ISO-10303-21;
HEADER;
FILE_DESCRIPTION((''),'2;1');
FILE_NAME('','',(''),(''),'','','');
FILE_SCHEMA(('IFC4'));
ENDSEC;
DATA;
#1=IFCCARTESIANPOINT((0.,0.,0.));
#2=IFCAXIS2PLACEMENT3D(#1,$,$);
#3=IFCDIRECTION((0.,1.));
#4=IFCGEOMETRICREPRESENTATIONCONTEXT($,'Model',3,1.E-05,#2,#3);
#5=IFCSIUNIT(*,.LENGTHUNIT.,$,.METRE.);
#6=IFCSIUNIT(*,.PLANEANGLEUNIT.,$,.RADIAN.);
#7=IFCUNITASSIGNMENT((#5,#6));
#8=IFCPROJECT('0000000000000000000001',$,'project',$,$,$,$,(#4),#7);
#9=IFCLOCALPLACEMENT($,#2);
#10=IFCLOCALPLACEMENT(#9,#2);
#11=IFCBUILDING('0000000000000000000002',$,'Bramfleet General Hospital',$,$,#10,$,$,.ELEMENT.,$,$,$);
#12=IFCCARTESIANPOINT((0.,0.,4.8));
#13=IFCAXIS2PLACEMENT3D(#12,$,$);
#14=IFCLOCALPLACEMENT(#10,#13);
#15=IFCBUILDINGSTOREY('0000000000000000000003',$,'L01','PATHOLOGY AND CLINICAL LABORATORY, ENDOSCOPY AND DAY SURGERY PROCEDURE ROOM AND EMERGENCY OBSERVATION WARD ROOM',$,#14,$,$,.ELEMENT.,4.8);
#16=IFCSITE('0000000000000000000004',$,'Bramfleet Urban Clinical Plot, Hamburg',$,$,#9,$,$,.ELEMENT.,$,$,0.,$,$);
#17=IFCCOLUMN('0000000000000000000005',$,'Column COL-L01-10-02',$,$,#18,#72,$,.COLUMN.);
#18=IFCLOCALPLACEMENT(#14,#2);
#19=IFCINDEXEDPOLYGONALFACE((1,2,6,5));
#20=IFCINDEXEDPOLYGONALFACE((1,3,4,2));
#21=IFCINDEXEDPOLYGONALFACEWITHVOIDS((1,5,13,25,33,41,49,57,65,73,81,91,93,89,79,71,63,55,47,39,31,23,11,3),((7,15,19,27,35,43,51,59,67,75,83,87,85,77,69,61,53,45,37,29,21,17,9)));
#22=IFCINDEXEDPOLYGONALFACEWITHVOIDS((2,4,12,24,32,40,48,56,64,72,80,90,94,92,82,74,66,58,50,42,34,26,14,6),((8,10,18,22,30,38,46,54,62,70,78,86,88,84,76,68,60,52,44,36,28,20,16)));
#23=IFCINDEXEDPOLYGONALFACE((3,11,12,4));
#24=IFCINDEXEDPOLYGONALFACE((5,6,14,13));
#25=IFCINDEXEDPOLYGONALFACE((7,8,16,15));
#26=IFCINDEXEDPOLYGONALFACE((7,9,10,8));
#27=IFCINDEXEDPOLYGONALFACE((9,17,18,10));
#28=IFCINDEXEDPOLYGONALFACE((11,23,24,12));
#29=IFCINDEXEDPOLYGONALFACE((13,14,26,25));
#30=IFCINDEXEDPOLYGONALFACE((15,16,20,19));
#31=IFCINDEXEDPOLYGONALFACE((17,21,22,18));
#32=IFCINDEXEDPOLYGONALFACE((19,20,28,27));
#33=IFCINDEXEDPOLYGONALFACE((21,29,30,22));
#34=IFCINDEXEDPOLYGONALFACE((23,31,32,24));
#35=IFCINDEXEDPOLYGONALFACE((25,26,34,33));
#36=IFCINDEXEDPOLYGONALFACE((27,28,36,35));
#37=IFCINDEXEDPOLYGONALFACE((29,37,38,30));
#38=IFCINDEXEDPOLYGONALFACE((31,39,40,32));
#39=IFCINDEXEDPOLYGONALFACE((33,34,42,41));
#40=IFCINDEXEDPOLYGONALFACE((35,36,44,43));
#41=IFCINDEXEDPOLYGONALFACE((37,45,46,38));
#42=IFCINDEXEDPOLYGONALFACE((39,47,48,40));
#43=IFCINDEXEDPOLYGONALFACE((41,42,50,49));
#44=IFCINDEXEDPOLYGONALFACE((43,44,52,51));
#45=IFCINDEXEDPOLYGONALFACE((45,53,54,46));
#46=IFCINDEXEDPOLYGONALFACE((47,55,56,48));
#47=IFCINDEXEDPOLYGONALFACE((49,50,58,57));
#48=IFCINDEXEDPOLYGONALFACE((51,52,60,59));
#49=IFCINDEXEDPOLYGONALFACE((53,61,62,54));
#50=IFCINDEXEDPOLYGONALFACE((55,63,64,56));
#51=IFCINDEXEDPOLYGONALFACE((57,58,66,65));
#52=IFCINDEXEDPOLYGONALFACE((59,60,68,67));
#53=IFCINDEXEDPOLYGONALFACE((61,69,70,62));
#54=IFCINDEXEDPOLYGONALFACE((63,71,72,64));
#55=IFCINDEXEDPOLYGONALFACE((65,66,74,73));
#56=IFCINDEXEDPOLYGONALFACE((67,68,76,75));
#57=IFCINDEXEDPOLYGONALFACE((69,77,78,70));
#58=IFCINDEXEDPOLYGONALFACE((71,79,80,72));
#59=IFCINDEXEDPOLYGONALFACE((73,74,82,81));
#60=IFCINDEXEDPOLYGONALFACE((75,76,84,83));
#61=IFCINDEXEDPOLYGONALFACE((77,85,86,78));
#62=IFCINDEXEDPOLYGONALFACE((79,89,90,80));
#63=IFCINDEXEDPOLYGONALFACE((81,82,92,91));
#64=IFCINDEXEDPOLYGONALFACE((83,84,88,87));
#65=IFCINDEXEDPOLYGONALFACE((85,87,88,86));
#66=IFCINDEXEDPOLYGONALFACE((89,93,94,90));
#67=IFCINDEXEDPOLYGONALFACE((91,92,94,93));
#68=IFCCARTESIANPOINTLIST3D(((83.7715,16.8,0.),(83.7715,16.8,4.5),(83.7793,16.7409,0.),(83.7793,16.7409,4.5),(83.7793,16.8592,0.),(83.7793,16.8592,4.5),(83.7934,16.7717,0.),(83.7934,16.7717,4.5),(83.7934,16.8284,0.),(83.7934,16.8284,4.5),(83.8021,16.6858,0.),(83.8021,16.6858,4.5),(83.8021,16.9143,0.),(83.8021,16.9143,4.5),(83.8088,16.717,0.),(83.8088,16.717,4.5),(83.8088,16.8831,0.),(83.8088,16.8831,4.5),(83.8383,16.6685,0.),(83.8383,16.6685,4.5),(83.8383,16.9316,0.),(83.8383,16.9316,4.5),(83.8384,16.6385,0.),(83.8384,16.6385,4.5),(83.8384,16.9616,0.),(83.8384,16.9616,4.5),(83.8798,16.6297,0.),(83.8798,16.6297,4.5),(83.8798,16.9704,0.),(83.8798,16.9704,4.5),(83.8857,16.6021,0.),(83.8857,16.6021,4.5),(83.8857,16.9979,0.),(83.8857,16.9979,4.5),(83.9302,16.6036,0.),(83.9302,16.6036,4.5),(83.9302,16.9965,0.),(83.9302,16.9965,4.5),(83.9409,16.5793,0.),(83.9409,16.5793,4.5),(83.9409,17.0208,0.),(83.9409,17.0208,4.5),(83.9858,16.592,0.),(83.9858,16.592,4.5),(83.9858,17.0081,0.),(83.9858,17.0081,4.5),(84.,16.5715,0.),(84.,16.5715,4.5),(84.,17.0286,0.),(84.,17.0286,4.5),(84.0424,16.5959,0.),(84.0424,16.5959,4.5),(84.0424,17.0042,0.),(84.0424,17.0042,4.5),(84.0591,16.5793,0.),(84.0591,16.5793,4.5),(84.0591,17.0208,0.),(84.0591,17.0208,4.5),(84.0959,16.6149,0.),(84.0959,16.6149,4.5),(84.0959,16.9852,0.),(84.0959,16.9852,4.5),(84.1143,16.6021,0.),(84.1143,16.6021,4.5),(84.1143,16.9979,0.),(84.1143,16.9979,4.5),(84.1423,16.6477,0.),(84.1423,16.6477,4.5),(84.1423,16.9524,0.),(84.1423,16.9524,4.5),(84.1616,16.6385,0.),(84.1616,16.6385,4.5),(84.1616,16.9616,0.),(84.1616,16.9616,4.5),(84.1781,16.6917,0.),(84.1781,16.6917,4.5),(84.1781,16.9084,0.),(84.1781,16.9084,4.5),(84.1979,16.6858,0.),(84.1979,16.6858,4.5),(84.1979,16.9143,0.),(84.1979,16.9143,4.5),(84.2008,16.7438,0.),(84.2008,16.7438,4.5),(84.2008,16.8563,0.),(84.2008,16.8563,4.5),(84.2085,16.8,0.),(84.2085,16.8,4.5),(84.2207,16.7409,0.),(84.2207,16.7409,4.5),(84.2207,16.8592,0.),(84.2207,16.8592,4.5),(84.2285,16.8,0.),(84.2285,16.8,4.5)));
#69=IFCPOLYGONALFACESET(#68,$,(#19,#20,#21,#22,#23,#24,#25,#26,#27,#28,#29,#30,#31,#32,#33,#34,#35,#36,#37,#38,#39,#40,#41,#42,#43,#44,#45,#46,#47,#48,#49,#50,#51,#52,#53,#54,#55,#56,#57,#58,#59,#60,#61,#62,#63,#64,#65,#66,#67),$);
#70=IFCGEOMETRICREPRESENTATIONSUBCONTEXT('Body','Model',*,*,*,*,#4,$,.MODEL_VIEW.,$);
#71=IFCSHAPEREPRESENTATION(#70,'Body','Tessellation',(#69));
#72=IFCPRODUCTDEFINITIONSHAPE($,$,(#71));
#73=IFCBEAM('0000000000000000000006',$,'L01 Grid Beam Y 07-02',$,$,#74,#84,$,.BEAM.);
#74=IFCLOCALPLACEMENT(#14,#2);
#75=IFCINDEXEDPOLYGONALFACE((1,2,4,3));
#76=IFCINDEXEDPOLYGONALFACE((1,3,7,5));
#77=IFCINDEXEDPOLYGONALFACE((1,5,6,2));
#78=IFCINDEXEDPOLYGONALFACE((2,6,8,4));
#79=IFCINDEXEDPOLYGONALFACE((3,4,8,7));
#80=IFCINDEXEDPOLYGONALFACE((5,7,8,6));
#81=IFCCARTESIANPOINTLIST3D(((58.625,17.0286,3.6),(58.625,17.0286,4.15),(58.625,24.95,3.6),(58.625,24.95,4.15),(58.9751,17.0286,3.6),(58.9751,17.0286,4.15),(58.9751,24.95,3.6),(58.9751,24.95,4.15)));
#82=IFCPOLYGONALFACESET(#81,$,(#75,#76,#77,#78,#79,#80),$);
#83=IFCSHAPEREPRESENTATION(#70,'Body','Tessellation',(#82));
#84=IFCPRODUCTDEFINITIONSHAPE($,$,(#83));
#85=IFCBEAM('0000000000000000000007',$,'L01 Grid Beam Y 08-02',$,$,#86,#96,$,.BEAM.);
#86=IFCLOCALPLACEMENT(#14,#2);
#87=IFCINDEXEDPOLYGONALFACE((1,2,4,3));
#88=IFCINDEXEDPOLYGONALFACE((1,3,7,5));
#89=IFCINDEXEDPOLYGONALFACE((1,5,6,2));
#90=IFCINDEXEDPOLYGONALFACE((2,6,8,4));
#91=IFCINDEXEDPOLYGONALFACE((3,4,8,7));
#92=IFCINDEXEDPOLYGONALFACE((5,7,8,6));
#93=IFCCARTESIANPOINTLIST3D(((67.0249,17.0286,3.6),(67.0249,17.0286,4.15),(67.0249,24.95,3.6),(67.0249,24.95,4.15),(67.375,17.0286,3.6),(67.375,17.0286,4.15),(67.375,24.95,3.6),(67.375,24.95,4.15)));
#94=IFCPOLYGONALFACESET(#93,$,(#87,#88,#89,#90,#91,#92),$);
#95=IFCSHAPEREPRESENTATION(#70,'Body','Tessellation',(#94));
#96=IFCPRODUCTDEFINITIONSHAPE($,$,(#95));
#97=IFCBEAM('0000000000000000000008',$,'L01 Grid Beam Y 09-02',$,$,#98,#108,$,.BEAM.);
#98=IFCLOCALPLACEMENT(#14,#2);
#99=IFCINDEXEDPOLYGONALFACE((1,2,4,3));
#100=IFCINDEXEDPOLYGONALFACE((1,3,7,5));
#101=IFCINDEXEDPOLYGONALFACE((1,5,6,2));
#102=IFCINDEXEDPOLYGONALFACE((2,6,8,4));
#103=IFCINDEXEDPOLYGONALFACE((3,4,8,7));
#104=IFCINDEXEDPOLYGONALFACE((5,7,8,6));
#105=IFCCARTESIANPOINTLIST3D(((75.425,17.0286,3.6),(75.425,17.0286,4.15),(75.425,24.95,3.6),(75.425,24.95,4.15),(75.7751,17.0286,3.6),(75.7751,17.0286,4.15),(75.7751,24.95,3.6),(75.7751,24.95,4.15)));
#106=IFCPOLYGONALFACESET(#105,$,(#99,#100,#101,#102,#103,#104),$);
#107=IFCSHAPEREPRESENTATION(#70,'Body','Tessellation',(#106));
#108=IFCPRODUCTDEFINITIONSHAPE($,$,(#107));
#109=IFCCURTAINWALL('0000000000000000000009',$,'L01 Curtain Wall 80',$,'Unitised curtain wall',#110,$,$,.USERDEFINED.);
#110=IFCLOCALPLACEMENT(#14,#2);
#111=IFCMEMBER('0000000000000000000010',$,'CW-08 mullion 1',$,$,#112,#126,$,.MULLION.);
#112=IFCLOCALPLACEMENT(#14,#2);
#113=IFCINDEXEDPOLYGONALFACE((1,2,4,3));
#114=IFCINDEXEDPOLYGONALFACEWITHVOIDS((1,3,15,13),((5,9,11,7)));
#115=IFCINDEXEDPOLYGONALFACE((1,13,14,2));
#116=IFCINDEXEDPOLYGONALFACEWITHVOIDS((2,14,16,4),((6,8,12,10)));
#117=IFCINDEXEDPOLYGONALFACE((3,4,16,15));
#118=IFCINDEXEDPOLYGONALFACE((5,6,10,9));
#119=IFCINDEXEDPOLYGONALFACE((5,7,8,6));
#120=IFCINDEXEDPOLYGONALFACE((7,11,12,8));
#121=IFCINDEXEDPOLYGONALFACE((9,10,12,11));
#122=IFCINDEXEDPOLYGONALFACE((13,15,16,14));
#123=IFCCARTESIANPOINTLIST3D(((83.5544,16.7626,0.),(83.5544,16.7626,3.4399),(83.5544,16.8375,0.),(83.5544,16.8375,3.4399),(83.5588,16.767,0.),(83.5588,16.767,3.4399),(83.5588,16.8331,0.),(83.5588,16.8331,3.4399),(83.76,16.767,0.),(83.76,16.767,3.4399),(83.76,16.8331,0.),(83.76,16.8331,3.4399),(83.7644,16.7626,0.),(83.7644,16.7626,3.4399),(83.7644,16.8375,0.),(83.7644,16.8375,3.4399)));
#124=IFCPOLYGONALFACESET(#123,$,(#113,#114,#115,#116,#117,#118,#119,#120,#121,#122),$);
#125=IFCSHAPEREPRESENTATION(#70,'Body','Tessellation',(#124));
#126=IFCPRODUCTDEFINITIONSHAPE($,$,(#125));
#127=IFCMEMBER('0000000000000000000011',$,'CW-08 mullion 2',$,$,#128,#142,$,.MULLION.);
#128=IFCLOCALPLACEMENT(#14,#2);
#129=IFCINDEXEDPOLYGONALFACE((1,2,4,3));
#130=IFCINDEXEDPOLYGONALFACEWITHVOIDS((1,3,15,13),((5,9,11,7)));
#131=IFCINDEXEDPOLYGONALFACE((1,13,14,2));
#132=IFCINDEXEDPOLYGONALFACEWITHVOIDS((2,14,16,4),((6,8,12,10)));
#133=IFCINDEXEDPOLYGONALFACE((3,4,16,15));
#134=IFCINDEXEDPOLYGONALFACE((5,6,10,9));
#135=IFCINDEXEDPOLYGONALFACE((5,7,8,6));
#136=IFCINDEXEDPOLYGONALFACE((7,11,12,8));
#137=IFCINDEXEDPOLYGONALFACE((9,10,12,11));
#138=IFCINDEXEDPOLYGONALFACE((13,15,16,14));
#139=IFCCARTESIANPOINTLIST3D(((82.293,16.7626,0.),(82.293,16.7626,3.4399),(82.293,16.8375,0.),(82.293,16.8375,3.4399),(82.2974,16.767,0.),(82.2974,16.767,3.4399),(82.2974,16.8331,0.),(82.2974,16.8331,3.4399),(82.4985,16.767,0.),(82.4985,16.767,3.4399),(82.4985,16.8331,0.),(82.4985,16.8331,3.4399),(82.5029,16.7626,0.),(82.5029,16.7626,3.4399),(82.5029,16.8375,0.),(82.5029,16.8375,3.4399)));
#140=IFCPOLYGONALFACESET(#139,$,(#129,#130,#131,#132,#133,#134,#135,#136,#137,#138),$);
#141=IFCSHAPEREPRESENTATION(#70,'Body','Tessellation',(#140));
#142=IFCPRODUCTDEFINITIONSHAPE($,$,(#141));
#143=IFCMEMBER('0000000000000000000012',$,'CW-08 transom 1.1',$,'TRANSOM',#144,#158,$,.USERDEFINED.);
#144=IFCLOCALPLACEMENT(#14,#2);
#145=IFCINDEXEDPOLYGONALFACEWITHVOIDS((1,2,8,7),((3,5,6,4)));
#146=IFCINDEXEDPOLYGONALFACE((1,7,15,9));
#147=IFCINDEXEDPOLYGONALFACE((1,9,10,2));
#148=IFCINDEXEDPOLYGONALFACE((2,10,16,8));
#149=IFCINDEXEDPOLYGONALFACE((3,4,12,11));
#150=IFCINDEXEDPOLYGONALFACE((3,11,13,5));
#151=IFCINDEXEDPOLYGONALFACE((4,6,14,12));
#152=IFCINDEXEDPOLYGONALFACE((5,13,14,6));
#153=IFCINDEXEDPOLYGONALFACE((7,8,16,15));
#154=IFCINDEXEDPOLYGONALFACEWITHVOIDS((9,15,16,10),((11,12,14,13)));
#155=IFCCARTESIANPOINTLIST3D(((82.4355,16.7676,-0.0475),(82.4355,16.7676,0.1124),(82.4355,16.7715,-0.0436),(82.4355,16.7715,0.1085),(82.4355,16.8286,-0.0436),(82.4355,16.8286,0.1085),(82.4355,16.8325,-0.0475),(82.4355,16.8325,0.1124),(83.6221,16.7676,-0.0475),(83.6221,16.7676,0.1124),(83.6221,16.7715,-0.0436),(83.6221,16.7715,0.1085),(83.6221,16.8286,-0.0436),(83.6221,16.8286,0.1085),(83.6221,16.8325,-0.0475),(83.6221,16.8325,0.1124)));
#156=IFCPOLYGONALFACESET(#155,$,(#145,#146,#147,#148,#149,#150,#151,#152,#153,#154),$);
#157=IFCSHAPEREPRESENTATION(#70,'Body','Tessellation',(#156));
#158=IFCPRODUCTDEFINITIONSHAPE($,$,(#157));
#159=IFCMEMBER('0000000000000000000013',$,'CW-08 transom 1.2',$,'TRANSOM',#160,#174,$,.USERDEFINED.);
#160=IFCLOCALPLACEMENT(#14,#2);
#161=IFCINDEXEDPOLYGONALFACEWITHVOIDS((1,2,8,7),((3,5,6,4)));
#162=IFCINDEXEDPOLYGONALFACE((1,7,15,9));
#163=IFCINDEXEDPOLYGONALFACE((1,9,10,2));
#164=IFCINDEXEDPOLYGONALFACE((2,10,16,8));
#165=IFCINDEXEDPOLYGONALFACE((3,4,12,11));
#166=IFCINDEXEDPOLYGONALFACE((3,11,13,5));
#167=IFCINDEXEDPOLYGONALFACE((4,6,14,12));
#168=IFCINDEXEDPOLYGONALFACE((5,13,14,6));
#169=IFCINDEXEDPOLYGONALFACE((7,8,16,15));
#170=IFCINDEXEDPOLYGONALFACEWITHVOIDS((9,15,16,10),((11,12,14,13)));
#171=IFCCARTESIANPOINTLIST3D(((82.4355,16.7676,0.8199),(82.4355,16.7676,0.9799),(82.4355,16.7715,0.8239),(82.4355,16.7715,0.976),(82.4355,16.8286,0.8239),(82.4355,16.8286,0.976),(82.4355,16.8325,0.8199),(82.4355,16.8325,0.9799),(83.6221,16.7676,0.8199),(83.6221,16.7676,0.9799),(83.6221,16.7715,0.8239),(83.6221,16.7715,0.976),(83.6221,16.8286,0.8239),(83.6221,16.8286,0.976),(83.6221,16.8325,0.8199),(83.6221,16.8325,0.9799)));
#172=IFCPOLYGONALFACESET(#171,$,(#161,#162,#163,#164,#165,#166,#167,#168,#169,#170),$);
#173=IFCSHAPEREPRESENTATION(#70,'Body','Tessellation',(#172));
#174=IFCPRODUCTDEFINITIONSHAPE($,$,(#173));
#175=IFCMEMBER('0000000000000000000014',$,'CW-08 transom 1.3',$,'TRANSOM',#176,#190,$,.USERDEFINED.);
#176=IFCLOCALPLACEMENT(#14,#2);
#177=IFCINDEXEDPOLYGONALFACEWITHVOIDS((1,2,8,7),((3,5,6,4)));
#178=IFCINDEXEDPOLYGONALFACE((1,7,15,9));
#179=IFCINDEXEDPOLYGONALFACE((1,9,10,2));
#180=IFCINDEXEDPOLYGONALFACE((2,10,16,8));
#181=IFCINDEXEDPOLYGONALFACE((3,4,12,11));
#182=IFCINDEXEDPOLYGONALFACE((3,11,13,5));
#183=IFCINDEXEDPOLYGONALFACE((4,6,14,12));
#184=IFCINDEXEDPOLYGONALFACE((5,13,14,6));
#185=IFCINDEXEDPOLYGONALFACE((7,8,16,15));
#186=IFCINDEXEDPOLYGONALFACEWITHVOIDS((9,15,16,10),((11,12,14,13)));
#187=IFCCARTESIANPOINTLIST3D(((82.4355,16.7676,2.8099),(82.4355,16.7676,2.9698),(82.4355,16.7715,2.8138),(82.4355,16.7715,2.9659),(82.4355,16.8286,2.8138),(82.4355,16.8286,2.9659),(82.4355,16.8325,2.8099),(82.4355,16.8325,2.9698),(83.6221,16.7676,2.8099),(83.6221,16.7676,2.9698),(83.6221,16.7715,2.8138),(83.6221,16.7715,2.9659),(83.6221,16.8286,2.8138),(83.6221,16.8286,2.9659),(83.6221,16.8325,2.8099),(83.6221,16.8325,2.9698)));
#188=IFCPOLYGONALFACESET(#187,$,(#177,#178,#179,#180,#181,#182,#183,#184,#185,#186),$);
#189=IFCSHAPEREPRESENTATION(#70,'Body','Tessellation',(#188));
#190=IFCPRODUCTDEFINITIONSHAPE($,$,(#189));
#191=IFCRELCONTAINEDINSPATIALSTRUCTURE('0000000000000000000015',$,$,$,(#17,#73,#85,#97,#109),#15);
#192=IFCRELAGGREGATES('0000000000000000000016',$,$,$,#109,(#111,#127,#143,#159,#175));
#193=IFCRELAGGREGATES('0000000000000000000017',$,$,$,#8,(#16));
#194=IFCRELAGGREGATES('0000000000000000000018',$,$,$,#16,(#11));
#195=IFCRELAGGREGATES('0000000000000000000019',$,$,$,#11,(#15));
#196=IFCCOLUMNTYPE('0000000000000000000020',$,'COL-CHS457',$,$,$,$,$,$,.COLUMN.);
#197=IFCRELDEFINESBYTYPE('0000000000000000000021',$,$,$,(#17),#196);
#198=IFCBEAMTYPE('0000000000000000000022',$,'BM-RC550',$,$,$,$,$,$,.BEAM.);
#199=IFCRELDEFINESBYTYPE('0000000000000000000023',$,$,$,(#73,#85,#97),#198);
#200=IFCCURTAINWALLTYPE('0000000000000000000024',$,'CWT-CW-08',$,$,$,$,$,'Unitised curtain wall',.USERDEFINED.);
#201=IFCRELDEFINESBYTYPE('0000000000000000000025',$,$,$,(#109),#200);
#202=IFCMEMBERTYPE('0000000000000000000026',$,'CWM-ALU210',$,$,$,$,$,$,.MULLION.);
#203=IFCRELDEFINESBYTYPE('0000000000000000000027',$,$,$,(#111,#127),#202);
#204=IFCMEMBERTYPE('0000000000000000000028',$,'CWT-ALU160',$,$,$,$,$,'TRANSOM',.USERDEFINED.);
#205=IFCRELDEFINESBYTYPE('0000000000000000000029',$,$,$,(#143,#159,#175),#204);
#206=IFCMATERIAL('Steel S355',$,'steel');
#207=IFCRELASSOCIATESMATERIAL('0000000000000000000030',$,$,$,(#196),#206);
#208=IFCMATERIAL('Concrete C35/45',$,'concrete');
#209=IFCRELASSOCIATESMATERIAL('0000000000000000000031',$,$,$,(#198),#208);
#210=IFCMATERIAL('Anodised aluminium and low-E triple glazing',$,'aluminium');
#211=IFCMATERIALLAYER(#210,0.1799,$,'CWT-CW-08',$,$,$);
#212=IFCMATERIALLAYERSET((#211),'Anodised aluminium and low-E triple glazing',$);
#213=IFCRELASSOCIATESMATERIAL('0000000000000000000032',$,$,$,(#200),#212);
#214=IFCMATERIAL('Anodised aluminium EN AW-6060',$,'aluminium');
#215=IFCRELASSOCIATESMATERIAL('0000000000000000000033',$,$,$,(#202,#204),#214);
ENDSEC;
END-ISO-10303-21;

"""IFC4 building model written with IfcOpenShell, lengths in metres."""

from ifc_helpers import new_model, si_unit, direction, frame, origin, origin_2d, place, context, subcontext, project, spatial, rectangle, hollow_rectangle, hollow_circle, extrude, material, layer, layer_set, material_profile, profile_set, type_object, element, aggregate, save


model = new_model("IFC4")

# Units and contexts
model_context = context("Model", 3, precision=1e-05, world=origin(), true_north=direction((0.0, 1.0)))
body_context = subcontext(model_context, "Body", "Model", "MODEL_VIEW")
ifc_project = project(units=[si_unit("LENGTHUNIT", "METRE"), si_unit("PLANEANGLEUNIT", "RADIAN")], contexts=[model_context])

# Site, building, storey
site_placement = place(None, origin())
site = spatial("IfcSite", under=ifc_project, at=site_placement, Name="Bramfleet Urban Clinical Plot, Hamburg", CompositionType="ELEMENT", RefElevation=0.0)
building_placement = place(site_placement, origin())
building = spatial("IfcBuilding", under=site, at=building_placement, Name="Bramfleet General Hospital", CompositionType="ELEMENT")
storey_placement = place(building_placement, frame((0.0, 0.0, 4.8)))
storey = spatial("IfcBuildingStorey", under=building, at=storey_placement, Name="L01", Description="PATHOLOGY AND CLINICAL LABORATORY, ENDOSCOPY AND DAY SURGERY PROCEDURE ROOM AND EMERGENCY OBSERVATION WARD ROOM", CompositionType="ELEMENT", Elevation=4.8)

# Column
ifc_material_1 = material(Name="Steel S355", Category="steel")
ifc_material_profile_1 = material_profile(ifc_material_1, hollow_circle(Radius=0.2285, WallThickness=0.02, at=origin_2d()), Name="CHS 457.0x20.0")
ifc_profile_set_1 = profile_set([ifc_material_profile_1], Name="Steel S355")
column_type = type_object("IfcColumnType", Name="COL-CHS457", PredefinedType="COLUMN", material=ifc_profile_set_1)
column_placement = place(storey_placement, frame((84.0, 16.8, 0.0), z_axis=(0.0, 0.0, 1.0), x_axis=(1.0, 0.0, 0.0)))
element("IfcColumn", 1, at=column_placement, inside=storey, type_object=column_type, Name="Column COL-L01-10-02", PredefinedType="COLUMN", context=body_context, shape_type="SweptSolid", body=[
    extrude(hollow_circle(Radius=0.2285, WallThickness=0.02, at=origin_2d()), origin(), (0.0, 0.0, 1.0), 4.5),
])

# Beams
ifc_material_2 = material(Name="Concrete C35/45", Category="concrete")
ifc_material_profile_2 = material_profile(ifc_material_2, rectangle(XDim=0.3501, YDim=0.55, at=origin_2d()), Name="RC BM 550x350")
ifc_profile_set_2 = profile_set([ifc_material_profile_2], Name="Concrete C35/45")
beam_type = type_object("IfcBeamType", Name="BM-RC550", PredefinedType="BEAM", material=ifc_profile_set_2)
for number, where, z_axis, x_axis, name in (
    (2, (58.8, 17.0286, 3.875), (0.0, 1.0, 0.0), (-1.0, 0.0, 0.0), "L01 Grid Beam Y 07-02"),
    (3, (67.2, 17.0286, 3.875), (0.0, 1.0, 0.0), (-1.0, 0.0, 0.0), "L01 Grid Beam Y 08-02"),
    (4, (75.6001, 17.0286, 3.875), (0.0, 1.0, 0.0), (-1.0, 0.0, 0.0), "L01 Grid Beam Y 09-02"),
):
    element("IfcBeam", number, at=place(storey_placement, frame(where, z_axis=z_axis, x_axis=x_axis)), inside=storey, type_object=beam_type, Name=name, PredefinedType="BEAM", context=body_context, shape_type="SweptSolid", body=[
        extrude(rectangle(XDim=0.3501, YDim=0.55, at=origin_2d()), origin(), (0.0, 0.0, 1.0), 7.9214),
    ])

# Curtain wall, members
ifc_material_3 = material(Name="Anodised aluminium and low-E triple glazing", Category="aluminium")
ifc_layer_1 = layer(ifc_material_3, 0.1799, Name="CWT-CW-08")
ifc_layer_set_1 = layer_set([ifc_layer_1], Name="Anodised aluminium and low-E triple glazing")
curtain_wall_type = type_object("IfcCurtainWallType", Name="CWT-CW-08", ElementType="Unitised curtain wall", PredefinedType="USERDEFINED", material=ifc_layer_set_1)
curtain_wall_placement = place(storey_placement, origin())
curtain_wall = element("IfcCurtainWall", 5, at=curtain_wall_placement, inside=storey, type_object=curtain_wall_type, Name="L01 Curtain Wall 80", ObjectType="Unitised curtain wall", PredefinedType="USERDEFINED")
ifc_material_4 = material(Name="Anodised aluminium EN AW-6060", Category="aluminium")
ifc_material_profile_3 = material_profile(ifc_material_4, hollow_rectangle(XDim=0.075, YDim=0.21, WallThickness=0.0044, at=origin_2d()), Name="ALU 210x75x4.5")
ifc_profile_set_3 = profile_set([ifc_material_profile_3], Name="Anodised aluminium EN AW-6060")
member_type_1 = type_object("IfcMemberType", Name="CWM-ALU210", PredefinedType="MULLION", material=ifc_profile_set_3)
member_1_placement = place(storey_placement, frame((83.6594, 16.8, 0.0), z_axis=(0.0, 0.0, 1.0), x_axis=(0.0, -1.0, 0.0)))
member_1 = element("IfcMember", 6, at=member_1_placement, type_object=member_type_1, Name="CW-08 mullion 1", PredefinedType="MULLION", context=body_context, shape_type="SweptSolid", body=[
    extrude(hollow_rectangle(XDim=0.075, YDim=0.21, WallThickness=0.0044, at=origin_2d()), origin(), (0.0, 0.0, 1.0), 3.4399),
])
member_2_placement = place(storey_placement, frame((82.3979, 16.8, 0.0), z_axis=(0.0, 0.0, 1.0), x_axis=(0.0, -1.0, 0.0)))
member_2 = element("IfcMember", 7, at=member_2_placement, type_object=member_type_1, Name="CW-08 mullion 2", PredefinedType="MULLION", context=body_context, shape_type="SweptSolid", body=[
    extrude(hollow_rectangle(XDim=0.075, YDim=0.21, WallThickness=0.0044, at=origin_2d()), origin(), (0.0, 0.0, 1.0), 3.4399),
])
ifc_material_profile_4 = material_profile(ifc_material_4, hollow_rectangle(XDim=0.0649, YDim=0.1599, WallThickness=0.0039, at=origin_2d()), Name="ALU 160x65x4.0")
ifc_profile_set_4 = profile_set([ifc_material_profile_4], Name="Anodised aluminium EN AW-6060")
member_type_2 = type_object("IfcMemberType", Name="CWT-ALU160", ElementType="TRANSOM", PredefinedType="USERDEFINED", material=ifc_profile_set_4)
member_3_placement = place(storey_placement, frame((83.6221, 16.8, 0.0325), z_axis=(-1.0, 0.0, 0.0), x_axis=(0.0, -1.0, 0.0)))
member_3 = element("IfcMember", 8, at=member_3_placement, type_object=member_type_2, Name="CW-08 transom 1.1", ObjectType="TRANSOM", PredefinedType="USERDEFINED", context=body_context, shape_type="SweptSolid", body=[
    extrude(hollow_rectangle(XDim=0.0649, YDim=0.1599, WallThickness=0.0039, at=origin_2d()), origin(), (0.0, 0.0, 1.0), 1.1865),
])
member_4_placement = place(storey_placement, frame((83.6221, 16.8, 0.8999), z_axis=(-1.0, 0.0, 0.0), x_axis=(0.0, -1.0, 0.0)))
member_4 = element("IfcMember", 9, at=member_4_placement, type_object=member_type_2, Name="CW-08 transom 1.2", ObjectType="TRANSOM", PredefinedType="USERDEFINED", context=body_context, shape_type="SweptSolid", body=[
    extrude(hollow_rectangle(XDim=0.0649, YDim=0.1599, WallThickness=0.0039, at=origin_2d()), origin(), (0.0, 0.0, 1.0), 1.1865),
])
member_5_placement = place(storey_placement, frame((83.6221, 16.8, 2.8899), z_axis=(-1.0, 0.0, 0.0), x_axis=(0.0, -1.0, 0.0)))
member_5 = element("IfcMember", 10, at=member_5_placement, type_object=member_type_2, Name="CW-08 transom 1.3", ObjectType="TRANSOM", PredefinedType="USERDEFINED", context=body_context, shape_type="SweptSolid", body=[
    extrude(hollow_rectangle(XDim=0.0649, YDim=0.1599, WallThickness=0.0039, at=origin_2d()), origin(), (0.0, 0.0, 1.0), 1.1865),
])
aggregate(curtain_wall, [member_1, member_2, member_3, member_4, member_5])

save(model, "model.ifc")
